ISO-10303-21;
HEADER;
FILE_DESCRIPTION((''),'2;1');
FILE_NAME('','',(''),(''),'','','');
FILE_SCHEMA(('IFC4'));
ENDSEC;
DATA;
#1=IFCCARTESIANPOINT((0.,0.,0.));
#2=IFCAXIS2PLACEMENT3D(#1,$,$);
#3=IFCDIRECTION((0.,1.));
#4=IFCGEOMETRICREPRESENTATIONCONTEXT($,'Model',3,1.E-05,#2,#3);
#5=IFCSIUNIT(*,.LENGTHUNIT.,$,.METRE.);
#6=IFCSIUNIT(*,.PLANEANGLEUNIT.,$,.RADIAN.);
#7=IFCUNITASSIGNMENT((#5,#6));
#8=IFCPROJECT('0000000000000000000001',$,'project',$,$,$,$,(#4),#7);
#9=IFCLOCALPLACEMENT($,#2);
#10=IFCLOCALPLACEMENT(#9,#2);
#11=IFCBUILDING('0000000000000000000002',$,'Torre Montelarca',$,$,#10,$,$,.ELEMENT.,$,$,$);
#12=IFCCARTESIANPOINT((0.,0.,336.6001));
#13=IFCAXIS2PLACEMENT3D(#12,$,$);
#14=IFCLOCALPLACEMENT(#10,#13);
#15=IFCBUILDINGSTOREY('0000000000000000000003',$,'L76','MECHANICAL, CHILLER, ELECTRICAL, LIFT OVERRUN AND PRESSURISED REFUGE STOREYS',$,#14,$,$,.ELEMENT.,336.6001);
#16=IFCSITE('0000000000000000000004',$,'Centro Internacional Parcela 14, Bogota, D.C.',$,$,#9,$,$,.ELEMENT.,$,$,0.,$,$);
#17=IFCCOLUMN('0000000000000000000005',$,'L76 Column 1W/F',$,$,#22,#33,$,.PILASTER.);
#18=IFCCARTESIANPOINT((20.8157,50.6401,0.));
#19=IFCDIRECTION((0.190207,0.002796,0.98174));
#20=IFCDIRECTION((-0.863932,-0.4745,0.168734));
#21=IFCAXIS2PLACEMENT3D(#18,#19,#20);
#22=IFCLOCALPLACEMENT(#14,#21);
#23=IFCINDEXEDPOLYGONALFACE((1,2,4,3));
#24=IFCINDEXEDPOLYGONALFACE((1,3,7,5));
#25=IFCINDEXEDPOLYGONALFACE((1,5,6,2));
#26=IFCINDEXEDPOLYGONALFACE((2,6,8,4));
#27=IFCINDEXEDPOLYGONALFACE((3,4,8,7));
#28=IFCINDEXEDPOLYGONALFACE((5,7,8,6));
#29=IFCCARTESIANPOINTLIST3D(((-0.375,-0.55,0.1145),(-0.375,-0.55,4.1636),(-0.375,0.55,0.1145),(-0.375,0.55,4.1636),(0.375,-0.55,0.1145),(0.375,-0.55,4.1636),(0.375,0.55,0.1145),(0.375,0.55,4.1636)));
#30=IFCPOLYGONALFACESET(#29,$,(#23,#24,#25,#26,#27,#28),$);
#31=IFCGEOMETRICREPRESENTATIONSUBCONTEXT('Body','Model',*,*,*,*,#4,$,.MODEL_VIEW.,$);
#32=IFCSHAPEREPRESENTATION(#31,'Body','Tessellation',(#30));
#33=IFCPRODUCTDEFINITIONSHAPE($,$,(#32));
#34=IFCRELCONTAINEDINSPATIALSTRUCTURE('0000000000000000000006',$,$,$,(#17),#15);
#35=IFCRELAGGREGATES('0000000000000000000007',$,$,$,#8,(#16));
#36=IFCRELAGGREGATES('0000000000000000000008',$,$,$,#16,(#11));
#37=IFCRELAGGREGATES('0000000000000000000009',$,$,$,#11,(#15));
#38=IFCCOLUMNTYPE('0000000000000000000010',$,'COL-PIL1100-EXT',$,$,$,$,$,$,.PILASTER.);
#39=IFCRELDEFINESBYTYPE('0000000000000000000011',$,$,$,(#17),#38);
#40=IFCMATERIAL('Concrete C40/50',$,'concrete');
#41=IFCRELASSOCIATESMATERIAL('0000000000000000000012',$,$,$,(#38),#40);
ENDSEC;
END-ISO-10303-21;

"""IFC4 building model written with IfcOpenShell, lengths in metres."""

from ifc_helpers import new_model, si_unit, direction, frame, origin, origin_2d, place, context, subcontext, project, spatial, rectangle, extrude, clip, halfspace, material, material_profile, profile_set, type_object, element, save


model = new_model("IFC4")

# Units and contexts
model_context = context("Model", 3, precision=1e-05, world=origin(), true_north=direction((0.0, 1.0)))
body_context = subcontext(model_context, "Body", "Model", "MODEL_VIEW")
ifc_project = project(units=[si_unit("LENGTHUNIT", "METRE"), si_unit("PLANEANGLEUNIT", "RADIAN")], contexts=[model_context])

# Site, building, storey
site_placement = place(None, origin())
site = spatial("IfcSite", under=ifc_project, at=site_placement, Name="Centro Internacional Parcela 14, Bogota, D.C.", CompositionType="ELEMENT", RefElevation=0.0)
building_placement = place(site_placement, origin())
building = spatial("IfcBuilding", under=site, at=building_placement, Name="Torre Montelarca", CompositionType="ELEMENT")
storey_placement = place(building_placement, frame((0.0, 0.0, 336.6001)))
storey = spatial("IfcBuildingStorey", under=building, at=storey_placement, Name="L76", Description="MECHANICAL, CHILLER, ELECTRICAL, LIFT OVERRUN AND PRESSURISED REFUGE STOREYS", CompositionType="ELEMENT", Elevation=336.6001)

# Column
ifc_material_1 = material(Name="Concrete C40/50", Category="concrete")
ifc_material_profile_1 = material_profile(ifc_material_1, rectangle(XDim=0.75, YDim=1.1001, at=origin_2d()), Name="RC1100X750", Category="concrete")
ifc_profile_set_1 = profile_set([ifc_material_profile_1], Name="Concrete C40/50")
column_type = type_object("IfcColumnType", Name="COL-PIL1100-EXT", PredefinedType="PILASTER", material=ifc_profile_set_1)
column_placement = place(storey_placement, frame((20.8157, 50.6401, 0.0), z_axis=(0.190207, 0.002796, 0.98174), x_axis=(-0.863932, -0.4745, 0.168734)))
element("IfcColumn", 1, at=column_placement, inside=storey, type_object=column_type, Name="L76 Column 1W/F", PredefinedType="PILASTER", context=body_context, shape_type="Clipping", body=[
    clip(clip(extrude(rectangle(XDim=0.75, YDim=1.1001, at=origin_2d()), origin(), (0.0, 0.0, 1.0), 4.2781), halfspace(frame((0.0, 0.0, 0.1145), z_axis=(0.0, 0.0, -1.0), x_axis=(1.0, 0.0, 0.0)), False)), halfspace(frame((0.0, 0.0, 4.1636), z_axis=(0.0, 0.0, 1.0), x_axis=(1.0, 0.0, 0.0)), False)),
])

save(model, "model.ifc")
